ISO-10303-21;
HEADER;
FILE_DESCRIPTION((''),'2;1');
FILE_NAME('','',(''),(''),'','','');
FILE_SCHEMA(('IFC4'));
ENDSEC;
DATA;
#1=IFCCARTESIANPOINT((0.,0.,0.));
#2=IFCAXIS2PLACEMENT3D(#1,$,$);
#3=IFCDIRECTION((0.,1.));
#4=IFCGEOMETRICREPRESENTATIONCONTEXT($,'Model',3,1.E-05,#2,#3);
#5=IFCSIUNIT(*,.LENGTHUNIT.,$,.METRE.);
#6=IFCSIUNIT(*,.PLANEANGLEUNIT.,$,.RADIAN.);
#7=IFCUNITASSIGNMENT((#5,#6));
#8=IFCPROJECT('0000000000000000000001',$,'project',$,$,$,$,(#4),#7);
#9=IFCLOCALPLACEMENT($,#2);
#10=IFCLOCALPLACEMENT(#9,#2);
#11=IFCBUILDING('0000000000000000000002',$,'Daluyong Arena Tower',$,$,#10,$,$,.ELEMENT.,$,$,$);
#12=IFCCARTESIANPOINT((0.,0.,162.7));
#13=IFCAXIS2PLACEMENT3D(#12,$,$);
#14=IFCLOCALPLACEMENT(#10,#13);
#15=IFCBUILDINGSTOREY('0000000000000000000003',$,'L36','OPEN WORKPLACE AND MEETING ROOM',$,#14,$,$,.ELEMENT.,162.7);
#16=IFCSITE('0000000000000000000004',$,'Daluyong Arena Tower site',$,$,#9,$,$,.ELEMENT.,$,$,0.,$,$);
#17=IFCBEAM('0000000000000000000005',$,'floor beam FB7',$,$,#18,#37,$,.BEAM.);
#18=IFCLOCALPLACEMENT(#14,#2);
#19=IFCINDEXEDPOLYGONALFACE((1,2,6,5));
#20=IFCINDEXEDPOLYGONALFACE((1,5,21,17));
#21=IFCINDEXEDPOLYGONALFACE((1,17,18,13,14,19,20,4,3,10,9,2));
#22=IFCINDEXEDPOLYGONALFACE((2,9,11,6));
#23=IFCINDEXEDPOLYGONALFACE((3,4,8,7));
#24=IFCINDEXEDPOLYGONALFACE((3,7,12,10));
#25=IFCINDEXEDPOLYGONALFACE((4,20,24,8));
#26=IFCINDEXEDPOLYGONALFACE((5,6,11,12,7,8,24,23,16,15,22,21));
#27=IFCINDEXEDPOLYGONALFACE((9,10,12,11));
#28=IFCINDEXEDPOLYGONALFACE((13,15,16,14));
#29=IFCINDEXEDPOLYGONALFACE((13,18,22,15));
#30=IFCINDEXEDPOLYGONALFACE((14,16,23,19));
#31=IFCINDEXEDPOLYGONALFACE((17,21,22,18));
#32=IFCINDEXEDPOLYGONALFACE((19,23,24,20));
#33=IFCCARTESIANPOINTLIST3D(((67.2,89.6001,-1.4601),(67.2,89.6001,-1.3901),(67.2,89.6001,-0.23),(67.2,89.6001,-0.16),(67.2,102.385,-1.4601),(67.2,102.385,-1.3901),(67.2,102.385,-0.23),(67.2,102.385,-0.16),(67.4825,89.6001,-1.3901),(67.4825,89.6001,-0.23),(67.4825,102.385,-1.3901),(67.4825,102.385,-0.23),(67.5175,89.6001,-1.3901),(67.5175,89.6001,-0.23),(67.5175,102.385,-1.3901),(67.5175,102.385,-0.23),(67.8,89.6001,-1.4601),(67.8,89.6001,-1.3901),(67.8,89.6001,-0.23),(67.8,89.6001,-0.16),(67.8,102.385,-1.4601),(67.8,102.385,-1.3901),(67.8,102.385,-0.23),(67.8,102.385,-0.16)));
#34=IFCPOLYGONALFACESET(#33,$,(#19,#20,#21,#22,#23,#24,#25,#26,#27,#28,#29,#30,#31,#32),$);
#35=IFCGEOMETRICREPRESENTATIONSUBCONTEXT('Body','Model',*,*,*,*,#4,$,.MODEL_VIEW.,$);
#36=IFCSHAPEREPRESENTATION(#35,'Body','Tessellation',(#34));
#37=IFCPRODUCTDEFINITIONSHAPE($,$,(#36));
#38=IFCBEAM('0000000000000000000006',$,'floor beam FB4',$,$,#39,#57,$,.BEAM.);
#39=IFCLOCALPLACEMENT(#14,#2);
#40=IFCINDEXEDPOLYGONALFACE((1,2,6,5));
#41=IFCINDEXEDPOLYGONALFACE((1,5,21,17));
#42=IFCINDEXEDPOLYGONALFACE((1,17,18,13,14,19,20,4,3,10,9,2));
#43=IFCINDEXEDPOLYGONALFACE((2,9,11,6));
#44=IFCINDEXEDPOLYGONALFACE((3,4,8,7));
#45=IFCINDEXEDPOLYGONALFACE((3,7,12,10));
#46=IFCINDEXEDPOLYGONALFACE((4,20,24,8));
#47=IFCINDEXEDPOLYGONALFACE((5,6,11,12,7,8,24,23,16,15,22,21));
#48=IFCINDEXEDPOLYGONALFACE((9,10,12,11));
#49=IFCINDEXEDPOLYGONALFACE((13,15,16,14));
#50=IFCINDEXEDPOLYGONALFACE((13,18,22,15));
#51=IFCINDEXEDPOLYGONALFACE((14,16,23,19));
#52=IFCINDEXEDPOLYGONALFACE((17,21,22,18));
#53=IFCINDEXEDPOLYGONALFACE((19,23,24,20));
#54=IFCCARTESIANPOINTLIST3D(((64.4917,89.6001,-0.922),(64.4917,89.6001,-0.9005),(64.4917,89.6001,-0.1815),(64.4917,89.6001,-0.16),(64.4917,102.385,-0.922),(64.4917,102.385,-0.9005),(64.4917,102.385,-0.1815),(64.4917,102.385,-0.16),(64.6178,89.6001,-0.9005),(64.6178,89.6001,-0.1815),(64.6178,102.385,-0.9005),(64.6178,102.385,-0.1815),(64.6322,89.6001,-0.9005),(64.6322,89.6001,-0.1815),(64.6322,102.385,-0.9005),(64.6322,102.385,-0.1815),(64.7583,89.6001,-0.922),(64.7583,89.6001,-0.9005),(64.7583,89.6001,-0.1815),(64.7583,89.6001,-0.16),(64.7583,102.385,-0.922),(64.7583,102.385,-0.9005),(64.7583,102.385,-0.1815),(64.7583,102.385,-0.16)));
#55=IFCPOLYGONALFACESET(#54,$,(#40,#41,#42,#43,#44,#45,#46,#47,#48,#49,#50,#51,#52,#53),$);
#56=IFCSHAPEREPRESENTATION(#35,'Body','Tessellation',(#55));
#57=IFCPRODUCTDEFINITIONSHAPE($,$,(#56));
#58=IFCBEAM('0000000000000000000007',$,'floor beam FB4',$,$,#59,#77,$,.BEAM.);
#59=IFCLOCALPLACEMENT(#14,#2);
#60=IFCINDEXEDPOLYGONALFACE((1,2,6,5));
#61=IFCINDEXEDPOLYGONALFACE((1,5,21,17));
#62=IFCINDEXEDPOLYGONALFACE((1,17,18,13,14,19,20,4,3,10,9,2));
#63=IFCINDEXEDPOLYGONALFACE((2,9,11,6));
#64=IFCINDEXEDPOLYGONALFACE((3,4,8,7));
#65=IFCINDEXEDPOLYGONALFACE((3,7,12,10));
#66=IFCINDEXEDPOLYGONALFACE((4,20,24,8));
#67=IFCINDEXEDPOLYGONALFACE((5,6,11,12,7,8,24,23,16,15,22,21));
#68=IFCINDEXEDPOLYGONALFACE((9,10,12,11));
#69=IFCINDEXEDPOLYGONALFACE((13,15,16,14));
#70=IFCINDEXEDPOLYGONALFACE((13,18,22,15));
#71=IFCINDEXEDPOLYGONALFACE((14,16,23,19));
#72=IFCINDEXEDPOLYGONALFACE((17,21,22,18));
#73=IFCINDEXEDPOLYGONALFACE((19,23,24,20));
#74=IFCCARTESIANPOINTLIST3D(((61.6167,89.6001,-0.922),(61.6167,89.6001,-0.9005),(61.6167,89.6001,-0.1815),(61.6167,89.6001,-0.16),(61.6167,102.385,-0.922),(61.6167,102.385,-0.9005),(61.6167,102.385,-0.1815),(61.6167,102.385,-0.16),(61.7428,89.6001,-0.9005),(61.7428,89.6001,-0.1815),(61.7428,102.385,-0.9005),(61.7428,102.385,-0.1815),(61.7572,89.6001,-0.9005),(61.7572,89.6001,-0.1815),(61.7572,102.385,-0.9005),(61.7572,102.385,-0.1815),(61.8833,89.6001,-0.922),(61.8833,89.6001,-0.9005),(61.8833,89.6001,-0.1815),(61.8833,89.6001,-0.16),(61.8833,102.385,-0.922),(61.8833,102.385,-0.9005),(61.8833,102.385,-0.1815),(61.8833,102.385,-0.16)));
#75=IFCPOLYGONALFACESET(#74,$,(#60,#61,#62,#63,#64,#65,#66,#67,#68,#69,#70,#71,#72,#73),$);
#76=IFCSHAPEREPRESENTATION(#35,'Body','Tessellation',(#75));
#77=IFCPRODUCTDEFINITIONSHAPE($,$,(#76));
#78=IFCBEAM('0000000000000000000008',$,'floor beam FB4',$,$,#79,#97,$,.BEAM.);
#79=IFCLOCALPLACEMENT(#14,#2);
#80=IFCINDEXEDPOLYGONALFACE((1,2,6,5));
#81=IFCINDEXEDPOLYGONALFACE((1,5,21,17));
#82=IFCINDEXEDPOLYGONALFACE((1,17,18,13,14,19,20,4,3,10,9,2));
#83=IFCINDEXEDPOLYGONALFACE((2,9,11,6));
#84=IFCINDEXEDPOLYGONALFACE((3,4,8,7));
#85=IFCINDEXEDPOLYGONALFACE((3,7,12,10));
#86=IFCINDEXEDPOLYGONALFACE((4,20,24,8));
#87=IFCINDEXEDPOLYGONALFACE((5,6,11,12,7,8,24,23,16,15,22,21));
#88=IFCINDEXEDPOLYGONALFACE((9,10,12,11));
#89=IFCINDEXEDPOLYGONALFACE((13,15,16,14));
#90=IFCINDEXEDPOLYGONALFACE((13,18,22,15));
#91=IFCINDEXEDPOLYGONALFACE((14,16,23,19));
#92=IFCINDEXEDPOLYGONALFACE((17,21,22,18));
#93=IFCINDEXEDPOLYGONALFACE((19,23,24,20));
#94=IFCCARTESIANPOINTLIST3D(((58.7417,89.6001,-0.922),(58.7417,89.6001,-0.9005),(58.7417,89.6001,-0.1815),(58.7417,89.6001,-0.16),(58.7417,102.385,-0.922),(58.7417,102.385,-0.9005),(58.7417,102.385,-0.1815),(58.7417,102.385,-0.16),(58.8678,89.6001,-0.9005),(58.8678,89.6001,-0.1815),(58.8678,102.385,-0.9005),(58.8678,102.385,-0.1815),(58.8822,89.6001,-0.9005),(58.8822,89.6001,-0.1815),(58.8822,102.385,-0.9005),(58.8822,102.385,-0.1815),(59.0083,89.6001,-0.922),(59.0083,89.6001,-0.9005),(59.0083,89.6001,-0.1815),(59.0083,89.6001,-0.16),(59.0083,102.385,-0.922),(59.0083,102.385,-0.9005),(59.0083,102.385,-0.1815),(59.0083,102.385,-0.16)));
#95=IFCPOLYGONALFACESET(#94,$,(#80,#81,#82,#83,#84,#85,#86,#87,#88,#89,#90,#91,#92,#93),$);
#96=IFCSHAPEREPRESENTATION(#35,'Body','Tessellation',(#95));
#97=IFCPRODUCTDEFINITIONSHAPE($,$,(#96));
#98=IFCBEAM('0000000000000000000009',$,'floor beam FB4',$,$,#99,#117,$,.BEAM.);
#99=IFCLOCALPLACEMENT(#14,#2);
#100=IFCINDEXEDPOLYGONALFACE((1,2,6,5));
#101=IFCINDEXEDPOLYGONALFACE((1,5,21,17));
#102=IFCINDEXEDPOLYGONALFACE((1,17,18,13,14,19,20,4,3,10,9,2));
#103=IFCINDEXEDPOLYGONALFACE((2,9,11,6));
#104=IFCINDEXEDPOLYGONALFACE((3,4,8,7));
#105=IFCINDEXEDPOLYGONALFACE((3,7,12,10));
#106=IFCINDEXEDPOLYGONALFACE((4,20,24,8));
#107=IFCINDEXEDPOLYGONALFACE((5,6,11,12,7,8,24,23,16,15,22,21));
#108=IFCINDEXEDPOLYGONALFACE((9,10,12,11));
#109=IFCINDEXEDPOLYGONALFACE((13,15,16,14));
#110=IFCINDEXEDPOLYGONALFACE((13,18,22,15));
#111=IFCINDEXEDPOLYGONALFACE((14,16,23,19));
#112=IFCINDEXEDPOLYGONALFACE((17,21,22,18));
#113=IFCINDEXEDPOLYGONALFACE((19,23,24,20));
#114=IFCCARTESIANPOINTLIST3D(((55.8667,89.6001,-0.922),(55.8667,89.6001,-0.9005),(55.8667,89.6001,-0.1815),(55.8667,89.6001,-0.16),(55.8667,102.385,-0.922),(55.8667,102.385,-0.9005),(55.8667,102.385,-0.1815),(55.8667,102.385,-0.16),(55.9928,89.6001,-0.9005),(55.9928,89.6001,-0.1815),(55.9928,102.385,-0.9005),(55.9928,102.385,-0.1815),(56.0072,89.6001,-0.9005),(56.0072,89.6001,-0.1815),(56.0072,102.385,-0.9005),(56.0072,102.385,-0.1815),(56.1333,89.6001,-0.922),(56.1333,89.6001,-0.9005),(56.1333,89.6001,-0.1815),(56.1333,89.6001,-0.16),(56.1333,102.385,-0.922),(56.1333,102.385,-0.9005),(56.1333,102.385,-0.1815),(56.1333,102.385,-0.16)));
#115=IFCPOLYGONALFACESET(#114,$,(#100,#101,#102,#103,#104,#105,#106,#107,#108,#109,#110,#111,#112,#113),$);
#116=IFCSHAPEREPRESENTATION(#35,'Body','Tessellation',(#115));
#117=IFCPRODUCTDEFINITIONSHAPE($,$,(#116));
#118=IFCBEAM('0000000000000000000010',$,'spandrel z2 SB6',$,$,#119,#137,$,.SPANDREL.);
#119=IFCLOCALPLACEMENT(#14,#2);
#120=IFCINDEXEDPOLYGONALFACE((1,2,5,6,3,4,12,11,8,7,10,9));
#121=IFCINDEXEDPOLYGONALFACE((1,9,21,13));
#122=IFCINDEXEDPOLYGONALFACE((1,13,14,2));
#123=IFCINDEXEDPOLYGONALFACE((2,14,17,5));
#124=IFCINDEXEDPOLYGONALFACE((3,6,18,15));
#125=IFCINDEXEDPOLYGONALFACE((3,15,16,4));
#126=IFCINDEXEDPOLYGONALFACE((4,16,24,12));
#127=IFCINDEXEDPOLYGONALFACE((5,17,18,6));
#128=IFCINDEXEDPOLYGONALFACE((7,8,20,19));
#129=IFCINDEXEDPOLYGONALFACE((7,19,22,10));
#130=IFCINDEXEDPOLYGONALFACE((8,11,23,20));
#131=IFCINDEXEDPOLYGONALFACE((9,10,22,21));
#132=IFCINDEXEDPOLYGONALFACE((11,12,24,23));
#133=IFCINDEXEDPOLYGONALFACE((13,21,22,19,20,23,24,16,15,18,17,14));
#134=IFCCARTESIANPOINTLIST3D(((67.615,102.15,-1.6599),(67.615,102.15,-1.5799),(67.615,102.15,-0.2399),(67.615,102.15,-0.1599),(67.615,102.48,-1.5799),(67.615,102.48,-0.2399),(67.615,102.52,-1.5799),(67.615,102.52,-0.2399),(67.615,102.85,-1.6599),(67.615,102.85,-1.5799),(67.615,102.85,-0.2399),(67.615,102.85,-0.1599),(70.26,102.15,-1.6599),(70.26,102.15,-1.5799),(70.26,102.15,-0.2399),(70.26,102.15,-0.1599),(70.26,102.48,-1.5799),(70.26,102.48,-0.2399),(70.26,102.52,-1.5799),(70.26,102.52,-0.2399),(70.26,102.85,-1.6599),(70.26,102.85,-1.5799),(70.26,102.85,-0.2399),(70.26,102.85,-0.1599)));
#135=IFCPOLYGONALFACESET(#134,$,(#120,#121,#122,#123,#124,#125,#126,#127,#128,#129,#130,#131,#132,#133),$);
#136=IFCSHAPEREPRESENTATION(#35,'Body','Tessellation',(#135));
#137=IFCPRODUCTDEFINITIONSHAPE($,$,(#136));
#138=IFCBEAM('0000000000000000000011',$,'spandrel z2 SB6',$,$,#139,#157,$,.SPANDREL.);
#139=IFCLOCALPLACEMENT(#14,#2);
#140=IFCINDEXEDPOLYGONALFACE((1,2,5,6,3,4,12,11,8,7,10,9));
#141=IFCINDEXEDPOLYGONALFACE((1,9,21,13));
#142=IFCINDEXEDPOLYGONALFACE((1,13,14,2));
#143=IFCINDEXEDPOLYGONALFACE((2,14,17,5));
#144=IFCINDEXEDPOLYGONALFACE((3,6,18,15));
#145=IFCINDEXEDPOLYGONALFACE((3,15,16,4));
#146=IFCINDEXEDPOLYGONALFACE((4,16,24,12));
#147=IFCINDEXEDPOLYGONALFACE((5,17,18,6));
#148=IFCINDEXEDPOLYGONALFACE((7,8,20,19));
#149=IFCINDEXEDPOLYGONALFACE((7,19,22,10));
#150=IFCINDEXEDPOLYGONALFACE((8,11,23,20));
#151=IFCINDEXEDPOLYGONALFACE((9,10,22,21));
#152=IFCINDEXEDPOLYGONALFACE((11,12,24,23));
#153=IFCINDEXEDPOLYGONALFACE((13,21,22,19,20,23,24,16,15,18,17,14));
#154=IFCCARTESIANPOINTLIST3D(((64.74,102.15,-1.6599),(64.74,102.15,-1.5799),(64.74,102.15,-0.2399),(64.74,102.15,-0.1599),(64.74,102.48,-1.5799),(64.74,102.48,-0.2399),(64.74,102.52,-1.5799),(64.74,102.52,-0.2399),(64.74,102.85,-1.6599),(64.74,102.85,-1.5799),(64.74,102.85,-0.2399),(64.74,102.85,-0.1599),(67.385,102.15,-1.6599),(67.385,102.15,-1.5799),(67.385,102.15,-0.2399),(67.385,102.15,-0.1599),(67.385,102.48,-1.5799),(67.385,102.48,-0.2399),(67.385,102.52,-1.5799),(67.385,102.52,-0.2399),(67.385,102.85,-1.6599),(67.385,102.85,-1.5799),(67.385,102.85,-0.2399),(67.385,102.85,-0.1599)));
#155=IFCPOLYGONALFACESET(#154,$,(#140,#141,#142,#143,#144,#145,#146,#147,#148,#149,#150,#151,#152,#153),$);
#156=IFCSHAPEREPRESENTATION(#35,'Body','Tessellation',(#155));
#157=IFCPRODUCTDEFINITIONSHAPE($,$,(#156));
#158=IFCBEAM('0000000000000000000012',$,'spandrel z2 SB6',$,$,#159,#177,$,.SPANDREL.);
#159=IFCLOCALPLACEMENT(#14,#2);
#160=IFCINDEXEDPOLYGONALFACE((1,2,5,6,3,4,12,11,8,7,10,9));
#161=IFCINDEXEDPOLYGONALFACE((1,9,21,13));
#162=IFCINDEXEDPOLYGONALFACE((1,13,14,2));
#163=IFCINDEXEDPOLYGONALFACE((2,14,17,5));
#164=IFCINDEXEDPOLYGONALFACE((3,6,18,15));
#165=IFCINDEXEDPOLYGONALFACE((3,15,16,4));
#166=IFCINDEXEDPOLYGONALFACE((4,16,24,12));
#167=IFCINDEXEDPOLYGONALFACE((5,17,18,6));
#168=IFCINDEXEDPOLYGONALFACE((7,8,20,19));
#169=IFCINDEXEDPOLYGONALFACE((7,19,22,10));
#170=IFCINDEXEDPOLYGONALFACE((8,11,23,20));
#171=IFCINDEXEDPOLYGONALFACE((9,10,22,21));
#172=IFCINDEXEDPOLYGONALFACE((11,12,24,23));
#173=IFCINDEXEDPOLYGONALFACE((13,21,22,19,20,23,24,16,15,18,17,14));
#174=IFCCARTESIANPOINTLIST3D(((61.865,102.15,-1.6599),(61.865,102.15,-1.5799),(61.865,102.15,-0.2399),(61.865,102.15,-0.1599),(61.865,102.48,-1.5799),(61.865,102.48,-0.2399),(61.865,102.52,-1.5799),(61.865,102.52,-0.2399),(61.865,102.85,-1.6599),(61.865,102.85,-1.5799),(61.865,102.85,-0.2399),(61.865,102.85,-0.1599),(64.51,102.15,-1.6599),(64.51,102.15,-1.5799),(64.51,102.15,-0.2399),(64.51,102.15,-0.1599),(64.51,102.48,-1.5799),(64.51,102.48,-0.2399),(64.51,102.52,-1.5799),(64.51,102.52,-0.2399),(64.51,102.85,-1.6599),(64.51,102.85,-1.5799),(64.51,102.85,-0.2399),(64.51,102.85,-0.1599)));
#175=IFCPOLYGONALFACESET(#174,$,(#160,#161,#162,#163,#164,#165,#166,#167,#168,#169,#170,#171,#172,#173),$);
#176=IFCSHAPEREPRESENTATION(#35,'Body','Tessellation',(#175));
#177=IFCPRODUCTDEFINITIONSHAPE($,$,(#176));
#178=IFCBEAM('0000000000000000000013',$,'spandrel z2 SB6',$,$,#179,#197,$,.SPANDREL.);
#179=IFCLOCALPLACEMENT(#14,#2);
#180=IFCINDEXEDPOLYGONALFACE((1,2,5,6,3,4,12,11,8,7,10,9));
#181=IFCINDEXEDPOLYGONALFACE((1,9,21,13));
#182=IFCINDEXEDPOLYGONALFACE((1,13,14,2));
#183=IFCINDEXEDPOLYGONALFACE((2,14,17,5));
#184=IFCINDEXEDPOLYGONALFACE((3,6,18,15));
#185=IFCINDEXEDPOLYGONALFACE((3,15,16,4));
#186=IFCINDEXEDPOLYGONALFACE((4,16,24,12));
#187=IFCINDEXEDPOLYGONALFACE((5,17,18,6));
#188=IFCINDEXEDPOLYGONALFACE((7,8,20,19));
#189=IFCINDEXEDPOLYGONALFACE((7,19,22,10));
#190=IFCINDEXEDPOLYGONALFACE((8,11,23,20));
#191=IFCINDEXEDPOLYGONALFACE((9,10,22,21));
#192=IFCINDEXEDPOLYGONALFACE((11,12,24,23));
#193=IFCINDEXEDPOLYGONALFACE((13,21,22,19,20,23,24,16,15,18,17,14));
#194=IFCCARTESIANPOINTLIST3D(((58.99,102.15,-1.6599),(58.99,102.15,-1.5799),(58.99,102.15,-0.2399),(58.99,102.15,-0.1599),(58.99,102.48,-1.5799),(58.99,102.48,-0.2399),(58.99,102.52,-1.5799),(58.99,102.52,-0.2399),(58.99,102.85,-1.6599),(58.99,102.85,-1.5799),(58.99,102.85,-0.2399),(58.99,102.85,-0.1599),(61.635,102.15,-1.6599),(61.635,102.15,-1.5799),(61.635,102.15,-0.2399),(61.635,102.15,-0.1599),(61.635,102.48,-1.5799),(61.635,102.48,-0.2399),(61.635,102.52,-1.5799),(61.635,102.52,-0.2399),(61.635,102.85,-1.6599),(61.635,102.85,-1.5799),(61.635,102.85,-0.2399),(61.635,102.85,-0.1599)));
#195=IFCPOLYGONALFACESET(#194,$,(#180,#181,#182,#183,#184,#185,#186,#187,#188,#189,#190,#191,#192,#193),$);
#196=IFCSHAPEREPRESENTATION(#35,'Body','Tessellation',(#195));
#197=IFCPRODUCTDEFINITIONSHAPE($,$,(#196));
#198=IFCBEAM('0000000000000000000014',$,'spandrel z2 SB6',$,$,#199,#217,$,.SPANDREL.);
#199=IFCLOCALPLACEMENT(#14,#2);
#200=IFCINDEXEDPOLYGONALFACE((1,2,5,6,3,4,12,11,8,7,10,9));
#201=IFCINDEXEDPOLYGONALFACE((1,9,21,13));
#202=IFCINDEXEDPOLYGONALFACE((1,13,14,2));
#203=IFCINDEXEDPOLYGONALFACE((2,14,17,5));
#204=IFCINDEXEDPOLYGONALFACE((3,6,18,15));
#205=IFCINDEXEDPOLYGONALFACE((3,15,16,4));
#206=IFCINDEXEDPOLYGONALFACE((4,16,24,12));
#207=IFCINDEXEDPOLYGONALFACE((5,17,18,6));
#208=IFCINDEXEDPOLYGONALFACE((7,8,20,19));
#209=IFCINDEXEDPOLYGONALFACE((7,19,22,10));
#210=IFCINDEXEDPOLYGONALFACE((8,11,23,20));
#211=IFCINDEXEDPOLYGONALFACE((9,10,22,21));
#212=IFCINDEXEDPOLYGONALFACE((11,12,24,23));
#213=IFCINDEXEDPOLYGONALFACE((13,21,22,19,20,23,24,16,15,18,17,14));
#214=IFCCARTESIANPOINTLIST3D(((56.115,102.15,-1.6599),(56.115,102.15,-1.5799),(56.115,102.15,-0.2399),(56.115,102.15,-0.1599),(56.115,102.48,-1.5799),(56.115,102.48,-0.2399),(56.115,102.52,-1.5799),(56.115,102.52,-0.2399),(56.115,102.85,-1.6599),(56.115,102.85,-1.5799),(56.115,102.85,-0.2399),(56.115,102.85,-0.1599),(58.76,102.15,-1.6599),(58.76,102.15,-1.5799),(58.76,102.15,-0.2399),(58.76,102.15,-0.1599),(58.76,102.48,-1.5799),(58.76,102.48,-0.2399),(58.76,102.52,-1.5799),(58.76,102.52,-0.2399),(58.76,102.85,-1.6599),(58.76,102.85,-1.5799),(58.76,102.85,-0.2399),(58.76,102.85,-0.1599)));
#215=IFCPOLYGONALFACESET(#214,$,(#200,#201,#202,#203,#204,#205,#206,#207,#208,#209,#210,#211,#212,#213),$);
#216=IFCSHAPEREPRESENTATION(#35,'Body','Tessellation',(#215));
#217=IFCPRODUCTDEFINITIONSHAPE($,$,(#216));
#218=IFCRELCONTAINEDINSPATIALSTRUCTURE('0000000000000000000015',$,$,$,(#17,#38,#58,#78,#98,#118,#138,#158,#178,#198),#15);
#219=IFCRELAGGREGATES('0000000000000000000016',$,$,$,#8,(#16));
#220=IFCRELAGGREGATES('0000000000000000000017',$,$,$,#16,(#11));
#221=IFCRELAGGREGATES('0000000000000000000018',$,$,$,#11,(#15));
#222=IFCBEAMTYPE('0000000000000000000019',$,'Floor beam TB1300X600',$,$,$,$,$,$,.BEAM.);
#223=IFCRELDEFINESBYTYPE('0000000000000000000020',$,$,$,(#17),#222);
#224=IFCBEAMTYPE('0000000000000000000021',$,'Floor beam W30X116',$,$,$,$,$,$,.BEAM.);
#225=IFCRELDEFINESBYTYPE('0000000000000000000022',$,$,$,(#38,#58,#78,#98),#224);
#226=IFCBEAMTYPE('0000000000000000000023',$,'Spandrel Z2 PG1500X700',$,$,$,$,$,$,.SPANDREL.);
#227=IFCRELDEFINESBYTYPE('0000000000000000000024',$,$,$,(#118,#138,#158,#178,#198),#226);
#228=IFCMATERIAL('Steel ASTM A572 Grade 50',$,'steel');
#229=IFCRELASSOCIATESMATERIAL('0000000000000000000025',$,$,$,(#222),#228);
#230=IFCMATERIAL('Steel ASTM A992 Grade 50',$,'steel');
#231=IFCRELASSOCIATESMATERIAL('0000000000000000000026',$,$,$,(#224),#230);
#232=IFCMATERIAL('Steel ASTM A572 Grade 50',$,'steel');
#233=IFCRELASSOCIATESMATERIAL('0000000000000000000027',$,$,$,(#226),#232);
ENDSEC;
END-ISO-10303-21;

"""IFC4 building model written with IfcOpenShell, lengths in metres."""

from ifc_helpers import new_model, si_unit, direction, frame, origin, origin_2d, place, context, subcontext, project, spatial, i_section, extrude, material, material_profile, profile_set, type_object, element, save


model = new_model("IFC4")

# Units and contexts
model_context = context("Model", 3, precision=1e-05, world=origin(), true_north=direction((0.0, 1.0)))
body_context = subcontext(model_context, "Body", "Model", "MODEL_VIEW")
ifc_project = project(units=[si_unit("LENGTHUNIT", "METRE"), si_unit("PLANEANGLEUNIT", "RADIAN")], contexts=[model_context])

# Site, building, storey
site_placement = place(None, origin())
site = spatial("IfcSite", under=ifc_project, at=site_placement, Name="Daluyong Arena Tower site", CompositionType="ELEMENT", RefElevation=0.0)
building_placement = place(site_placement, origin())
building = spatial("IfcBuilding", under=site, at=building_placement, Name="Daluyong Arena Tower", CompositionType="ELEMENT")
storey_placement = place(building_placement, frame((0.0, 0.0, 162.7)))
storey = spatial("IfcBuildingStorey", under=building, at=storey_placement, Name="L36", Description="OPEN WORKPLACE AND MEETING ROOM", CompositionType="ELEMENT", Elevation=162.7)

# Beams
ifc_material_1 = material(Name="Steel ASTM A572 Grade 50", Category="steel")
ifc_material_profile_1 = material_profile(ifc_material_1, i_section(OverallWidth=0.6001, OverallDepth=1.3, WebThickness=0.035, FlangeThickness=0.07, at=origin_2d()))
ifc_profile_set_1 = profile_set([ifc_material_profile_1], Name="Steel ASTM A572 Grade 50")
beam_type_1 = type_object("IfcBeamType", Name="Floor beam TB1300X600", PredefinedType="BEAM", material=ifc_profile_set_1)
beam_placement = place(storey_placement, frame((67.5, 102.385, -0.8101), z_axis=(0.0, -1.0, 0.0), x_axis=(1.0, 0.0, 0.0)))
element("IfcBeam", 1, at=beam_placement, inside=storey, type_object=beam_type_1, Name="floor beam FB7", PredefinedType="BEAM", context=body_context, shape_type="SweptSolid", body=[
    extrude(i_section(OverallWidth=0.6001, OverallDepth=1.3, WebThickness=0.035, FlangeThickness=0.07, at=origin_2d()), origin(), (0.0, 0.0, 1.0), 12.7849),
])
ifc_material_2 = material(Name="Steel ASTM A992 Grade 50", Category="steel")
ifc_material_profile_2 = material_profile(ifc_material_2, i_section(OverallWidth=0.2666, OverallDepth=0.762, WebThickness=0.0144, FlangeThickness=0.0215, at=origin_2d()))
ifc_profile_set_2 = profile_set([ifc_material_profile_2], Name="Steel ASTM A992 Grade 50")
beam_type_2 = type_object("IfcBeamType", Name="Floor beam W30X116", PredefinedType="BEAM", material=ifc_profile_set_2)
for number, where, z_axis, x_axis, name in (
    (2, (64.625, 102.385, -0.541), (0.0, -1.0, 0.0), (1.0, 0.0, 0.0), "floor beam FB4"),
    (3, (61.75, 102.385, -0.541), (0.0, -1.0, 0.0), (1.0, 0.0, 0.0), "floor beam FB4"),
    (4, (58.875, 102.385, -0.541), (0.0, -1.0, 0.0), (1.0, 0.0, 0.0), "floor beam FB4"),
    (5, (56.0, 102.385, -0.541), (0.0, -1.0, 0.0), (1.0, 0.0, 0.0), "floor beam FB4"),
):
    element("IfcBeam", number, at=place(storey_placement, frame(where, z_axis=z_axis, x_axis=x_axis)), inside=storey, type_object=beam_type_2, Name=name, PredefinedType="BEAM", context=body_context, shape_type="SweptSolid", body=[
        extrude(i_section(OverallWidth=0.2666, OverallDepth=0.762, WebThickness=0.0144, FlangeThickness=0.0215, at=origin_2d()), origin(), (0.0, 0.0, 1.0), 12.7849),
    ])
ifc_material_3 = material(Name="Steel ASTM A572 Grade 50", Category="steel")
ifc_material_profile_3 = material_profile(ifc_material_3, i_section(OverallWidth=0.7, OverallDepth=1.5, WebThickness=0.04, FlangeThickness=0.08, at=origin_2d()))
ifc_profile_set_3 = profile_set([ifc_material_profile_3], Name="Steel ASTM A572 Grade 50")
beam_type_3 = type_object("IfcBeamType", Name="Spandrel Z2 PG1500X700", PredefinedType="SPANDREL", material=ifc_profile_set_3)
for number, where, z_axis, x_axis, name in (
    (6, (70.26, 102.5, -0.9099), (-1.0, 0.0, 0.0), (0.0, -1.0, 0.0), "spandrel z2 SB6"),
    (7, (67.385, 102.5, -0.9099), (-1.0, 0.0, 0.0), (0.0, -1.0, 0.0), "spandrel z2 SB6"),
    (8, (64.51, 102.5, -0.9099), (-1.0, 0.0, 0.0), (0.0, -1.0, 0.0), "spandrel z2 SB6"),
    (9, (61.635, 102.5, -0.9099), (-1.0, 0.0, 0.0), (0.0, -1.0, 0.0), "spandrel z2 SB6"),
    (10, (58.76, 102.5, -0.9099), (-1.0, 0.0, 0.0), (0.0, -1.0, 0.0), "spandrel z2 SB6"),
):
    element("IfcBeam", number, at=place(storey_placement, frame(where, z_axis=z_axis, x_axis=x_axis)), inside=storey, type_object=beam_type_3, Name=name, PredefinedType="SPANDREL", context=body_context, shape_type="SweptSolid", body=[
        extrude(i_section(OverallWidth=0.7, OverallDepth=1.5, WebThickness=0.04, FlangeThickness=0.08, at=origin_2d()), origin(), (0.0, 0.0, 1.0), 2.645),
    ])

save(model, "model.ifc")
